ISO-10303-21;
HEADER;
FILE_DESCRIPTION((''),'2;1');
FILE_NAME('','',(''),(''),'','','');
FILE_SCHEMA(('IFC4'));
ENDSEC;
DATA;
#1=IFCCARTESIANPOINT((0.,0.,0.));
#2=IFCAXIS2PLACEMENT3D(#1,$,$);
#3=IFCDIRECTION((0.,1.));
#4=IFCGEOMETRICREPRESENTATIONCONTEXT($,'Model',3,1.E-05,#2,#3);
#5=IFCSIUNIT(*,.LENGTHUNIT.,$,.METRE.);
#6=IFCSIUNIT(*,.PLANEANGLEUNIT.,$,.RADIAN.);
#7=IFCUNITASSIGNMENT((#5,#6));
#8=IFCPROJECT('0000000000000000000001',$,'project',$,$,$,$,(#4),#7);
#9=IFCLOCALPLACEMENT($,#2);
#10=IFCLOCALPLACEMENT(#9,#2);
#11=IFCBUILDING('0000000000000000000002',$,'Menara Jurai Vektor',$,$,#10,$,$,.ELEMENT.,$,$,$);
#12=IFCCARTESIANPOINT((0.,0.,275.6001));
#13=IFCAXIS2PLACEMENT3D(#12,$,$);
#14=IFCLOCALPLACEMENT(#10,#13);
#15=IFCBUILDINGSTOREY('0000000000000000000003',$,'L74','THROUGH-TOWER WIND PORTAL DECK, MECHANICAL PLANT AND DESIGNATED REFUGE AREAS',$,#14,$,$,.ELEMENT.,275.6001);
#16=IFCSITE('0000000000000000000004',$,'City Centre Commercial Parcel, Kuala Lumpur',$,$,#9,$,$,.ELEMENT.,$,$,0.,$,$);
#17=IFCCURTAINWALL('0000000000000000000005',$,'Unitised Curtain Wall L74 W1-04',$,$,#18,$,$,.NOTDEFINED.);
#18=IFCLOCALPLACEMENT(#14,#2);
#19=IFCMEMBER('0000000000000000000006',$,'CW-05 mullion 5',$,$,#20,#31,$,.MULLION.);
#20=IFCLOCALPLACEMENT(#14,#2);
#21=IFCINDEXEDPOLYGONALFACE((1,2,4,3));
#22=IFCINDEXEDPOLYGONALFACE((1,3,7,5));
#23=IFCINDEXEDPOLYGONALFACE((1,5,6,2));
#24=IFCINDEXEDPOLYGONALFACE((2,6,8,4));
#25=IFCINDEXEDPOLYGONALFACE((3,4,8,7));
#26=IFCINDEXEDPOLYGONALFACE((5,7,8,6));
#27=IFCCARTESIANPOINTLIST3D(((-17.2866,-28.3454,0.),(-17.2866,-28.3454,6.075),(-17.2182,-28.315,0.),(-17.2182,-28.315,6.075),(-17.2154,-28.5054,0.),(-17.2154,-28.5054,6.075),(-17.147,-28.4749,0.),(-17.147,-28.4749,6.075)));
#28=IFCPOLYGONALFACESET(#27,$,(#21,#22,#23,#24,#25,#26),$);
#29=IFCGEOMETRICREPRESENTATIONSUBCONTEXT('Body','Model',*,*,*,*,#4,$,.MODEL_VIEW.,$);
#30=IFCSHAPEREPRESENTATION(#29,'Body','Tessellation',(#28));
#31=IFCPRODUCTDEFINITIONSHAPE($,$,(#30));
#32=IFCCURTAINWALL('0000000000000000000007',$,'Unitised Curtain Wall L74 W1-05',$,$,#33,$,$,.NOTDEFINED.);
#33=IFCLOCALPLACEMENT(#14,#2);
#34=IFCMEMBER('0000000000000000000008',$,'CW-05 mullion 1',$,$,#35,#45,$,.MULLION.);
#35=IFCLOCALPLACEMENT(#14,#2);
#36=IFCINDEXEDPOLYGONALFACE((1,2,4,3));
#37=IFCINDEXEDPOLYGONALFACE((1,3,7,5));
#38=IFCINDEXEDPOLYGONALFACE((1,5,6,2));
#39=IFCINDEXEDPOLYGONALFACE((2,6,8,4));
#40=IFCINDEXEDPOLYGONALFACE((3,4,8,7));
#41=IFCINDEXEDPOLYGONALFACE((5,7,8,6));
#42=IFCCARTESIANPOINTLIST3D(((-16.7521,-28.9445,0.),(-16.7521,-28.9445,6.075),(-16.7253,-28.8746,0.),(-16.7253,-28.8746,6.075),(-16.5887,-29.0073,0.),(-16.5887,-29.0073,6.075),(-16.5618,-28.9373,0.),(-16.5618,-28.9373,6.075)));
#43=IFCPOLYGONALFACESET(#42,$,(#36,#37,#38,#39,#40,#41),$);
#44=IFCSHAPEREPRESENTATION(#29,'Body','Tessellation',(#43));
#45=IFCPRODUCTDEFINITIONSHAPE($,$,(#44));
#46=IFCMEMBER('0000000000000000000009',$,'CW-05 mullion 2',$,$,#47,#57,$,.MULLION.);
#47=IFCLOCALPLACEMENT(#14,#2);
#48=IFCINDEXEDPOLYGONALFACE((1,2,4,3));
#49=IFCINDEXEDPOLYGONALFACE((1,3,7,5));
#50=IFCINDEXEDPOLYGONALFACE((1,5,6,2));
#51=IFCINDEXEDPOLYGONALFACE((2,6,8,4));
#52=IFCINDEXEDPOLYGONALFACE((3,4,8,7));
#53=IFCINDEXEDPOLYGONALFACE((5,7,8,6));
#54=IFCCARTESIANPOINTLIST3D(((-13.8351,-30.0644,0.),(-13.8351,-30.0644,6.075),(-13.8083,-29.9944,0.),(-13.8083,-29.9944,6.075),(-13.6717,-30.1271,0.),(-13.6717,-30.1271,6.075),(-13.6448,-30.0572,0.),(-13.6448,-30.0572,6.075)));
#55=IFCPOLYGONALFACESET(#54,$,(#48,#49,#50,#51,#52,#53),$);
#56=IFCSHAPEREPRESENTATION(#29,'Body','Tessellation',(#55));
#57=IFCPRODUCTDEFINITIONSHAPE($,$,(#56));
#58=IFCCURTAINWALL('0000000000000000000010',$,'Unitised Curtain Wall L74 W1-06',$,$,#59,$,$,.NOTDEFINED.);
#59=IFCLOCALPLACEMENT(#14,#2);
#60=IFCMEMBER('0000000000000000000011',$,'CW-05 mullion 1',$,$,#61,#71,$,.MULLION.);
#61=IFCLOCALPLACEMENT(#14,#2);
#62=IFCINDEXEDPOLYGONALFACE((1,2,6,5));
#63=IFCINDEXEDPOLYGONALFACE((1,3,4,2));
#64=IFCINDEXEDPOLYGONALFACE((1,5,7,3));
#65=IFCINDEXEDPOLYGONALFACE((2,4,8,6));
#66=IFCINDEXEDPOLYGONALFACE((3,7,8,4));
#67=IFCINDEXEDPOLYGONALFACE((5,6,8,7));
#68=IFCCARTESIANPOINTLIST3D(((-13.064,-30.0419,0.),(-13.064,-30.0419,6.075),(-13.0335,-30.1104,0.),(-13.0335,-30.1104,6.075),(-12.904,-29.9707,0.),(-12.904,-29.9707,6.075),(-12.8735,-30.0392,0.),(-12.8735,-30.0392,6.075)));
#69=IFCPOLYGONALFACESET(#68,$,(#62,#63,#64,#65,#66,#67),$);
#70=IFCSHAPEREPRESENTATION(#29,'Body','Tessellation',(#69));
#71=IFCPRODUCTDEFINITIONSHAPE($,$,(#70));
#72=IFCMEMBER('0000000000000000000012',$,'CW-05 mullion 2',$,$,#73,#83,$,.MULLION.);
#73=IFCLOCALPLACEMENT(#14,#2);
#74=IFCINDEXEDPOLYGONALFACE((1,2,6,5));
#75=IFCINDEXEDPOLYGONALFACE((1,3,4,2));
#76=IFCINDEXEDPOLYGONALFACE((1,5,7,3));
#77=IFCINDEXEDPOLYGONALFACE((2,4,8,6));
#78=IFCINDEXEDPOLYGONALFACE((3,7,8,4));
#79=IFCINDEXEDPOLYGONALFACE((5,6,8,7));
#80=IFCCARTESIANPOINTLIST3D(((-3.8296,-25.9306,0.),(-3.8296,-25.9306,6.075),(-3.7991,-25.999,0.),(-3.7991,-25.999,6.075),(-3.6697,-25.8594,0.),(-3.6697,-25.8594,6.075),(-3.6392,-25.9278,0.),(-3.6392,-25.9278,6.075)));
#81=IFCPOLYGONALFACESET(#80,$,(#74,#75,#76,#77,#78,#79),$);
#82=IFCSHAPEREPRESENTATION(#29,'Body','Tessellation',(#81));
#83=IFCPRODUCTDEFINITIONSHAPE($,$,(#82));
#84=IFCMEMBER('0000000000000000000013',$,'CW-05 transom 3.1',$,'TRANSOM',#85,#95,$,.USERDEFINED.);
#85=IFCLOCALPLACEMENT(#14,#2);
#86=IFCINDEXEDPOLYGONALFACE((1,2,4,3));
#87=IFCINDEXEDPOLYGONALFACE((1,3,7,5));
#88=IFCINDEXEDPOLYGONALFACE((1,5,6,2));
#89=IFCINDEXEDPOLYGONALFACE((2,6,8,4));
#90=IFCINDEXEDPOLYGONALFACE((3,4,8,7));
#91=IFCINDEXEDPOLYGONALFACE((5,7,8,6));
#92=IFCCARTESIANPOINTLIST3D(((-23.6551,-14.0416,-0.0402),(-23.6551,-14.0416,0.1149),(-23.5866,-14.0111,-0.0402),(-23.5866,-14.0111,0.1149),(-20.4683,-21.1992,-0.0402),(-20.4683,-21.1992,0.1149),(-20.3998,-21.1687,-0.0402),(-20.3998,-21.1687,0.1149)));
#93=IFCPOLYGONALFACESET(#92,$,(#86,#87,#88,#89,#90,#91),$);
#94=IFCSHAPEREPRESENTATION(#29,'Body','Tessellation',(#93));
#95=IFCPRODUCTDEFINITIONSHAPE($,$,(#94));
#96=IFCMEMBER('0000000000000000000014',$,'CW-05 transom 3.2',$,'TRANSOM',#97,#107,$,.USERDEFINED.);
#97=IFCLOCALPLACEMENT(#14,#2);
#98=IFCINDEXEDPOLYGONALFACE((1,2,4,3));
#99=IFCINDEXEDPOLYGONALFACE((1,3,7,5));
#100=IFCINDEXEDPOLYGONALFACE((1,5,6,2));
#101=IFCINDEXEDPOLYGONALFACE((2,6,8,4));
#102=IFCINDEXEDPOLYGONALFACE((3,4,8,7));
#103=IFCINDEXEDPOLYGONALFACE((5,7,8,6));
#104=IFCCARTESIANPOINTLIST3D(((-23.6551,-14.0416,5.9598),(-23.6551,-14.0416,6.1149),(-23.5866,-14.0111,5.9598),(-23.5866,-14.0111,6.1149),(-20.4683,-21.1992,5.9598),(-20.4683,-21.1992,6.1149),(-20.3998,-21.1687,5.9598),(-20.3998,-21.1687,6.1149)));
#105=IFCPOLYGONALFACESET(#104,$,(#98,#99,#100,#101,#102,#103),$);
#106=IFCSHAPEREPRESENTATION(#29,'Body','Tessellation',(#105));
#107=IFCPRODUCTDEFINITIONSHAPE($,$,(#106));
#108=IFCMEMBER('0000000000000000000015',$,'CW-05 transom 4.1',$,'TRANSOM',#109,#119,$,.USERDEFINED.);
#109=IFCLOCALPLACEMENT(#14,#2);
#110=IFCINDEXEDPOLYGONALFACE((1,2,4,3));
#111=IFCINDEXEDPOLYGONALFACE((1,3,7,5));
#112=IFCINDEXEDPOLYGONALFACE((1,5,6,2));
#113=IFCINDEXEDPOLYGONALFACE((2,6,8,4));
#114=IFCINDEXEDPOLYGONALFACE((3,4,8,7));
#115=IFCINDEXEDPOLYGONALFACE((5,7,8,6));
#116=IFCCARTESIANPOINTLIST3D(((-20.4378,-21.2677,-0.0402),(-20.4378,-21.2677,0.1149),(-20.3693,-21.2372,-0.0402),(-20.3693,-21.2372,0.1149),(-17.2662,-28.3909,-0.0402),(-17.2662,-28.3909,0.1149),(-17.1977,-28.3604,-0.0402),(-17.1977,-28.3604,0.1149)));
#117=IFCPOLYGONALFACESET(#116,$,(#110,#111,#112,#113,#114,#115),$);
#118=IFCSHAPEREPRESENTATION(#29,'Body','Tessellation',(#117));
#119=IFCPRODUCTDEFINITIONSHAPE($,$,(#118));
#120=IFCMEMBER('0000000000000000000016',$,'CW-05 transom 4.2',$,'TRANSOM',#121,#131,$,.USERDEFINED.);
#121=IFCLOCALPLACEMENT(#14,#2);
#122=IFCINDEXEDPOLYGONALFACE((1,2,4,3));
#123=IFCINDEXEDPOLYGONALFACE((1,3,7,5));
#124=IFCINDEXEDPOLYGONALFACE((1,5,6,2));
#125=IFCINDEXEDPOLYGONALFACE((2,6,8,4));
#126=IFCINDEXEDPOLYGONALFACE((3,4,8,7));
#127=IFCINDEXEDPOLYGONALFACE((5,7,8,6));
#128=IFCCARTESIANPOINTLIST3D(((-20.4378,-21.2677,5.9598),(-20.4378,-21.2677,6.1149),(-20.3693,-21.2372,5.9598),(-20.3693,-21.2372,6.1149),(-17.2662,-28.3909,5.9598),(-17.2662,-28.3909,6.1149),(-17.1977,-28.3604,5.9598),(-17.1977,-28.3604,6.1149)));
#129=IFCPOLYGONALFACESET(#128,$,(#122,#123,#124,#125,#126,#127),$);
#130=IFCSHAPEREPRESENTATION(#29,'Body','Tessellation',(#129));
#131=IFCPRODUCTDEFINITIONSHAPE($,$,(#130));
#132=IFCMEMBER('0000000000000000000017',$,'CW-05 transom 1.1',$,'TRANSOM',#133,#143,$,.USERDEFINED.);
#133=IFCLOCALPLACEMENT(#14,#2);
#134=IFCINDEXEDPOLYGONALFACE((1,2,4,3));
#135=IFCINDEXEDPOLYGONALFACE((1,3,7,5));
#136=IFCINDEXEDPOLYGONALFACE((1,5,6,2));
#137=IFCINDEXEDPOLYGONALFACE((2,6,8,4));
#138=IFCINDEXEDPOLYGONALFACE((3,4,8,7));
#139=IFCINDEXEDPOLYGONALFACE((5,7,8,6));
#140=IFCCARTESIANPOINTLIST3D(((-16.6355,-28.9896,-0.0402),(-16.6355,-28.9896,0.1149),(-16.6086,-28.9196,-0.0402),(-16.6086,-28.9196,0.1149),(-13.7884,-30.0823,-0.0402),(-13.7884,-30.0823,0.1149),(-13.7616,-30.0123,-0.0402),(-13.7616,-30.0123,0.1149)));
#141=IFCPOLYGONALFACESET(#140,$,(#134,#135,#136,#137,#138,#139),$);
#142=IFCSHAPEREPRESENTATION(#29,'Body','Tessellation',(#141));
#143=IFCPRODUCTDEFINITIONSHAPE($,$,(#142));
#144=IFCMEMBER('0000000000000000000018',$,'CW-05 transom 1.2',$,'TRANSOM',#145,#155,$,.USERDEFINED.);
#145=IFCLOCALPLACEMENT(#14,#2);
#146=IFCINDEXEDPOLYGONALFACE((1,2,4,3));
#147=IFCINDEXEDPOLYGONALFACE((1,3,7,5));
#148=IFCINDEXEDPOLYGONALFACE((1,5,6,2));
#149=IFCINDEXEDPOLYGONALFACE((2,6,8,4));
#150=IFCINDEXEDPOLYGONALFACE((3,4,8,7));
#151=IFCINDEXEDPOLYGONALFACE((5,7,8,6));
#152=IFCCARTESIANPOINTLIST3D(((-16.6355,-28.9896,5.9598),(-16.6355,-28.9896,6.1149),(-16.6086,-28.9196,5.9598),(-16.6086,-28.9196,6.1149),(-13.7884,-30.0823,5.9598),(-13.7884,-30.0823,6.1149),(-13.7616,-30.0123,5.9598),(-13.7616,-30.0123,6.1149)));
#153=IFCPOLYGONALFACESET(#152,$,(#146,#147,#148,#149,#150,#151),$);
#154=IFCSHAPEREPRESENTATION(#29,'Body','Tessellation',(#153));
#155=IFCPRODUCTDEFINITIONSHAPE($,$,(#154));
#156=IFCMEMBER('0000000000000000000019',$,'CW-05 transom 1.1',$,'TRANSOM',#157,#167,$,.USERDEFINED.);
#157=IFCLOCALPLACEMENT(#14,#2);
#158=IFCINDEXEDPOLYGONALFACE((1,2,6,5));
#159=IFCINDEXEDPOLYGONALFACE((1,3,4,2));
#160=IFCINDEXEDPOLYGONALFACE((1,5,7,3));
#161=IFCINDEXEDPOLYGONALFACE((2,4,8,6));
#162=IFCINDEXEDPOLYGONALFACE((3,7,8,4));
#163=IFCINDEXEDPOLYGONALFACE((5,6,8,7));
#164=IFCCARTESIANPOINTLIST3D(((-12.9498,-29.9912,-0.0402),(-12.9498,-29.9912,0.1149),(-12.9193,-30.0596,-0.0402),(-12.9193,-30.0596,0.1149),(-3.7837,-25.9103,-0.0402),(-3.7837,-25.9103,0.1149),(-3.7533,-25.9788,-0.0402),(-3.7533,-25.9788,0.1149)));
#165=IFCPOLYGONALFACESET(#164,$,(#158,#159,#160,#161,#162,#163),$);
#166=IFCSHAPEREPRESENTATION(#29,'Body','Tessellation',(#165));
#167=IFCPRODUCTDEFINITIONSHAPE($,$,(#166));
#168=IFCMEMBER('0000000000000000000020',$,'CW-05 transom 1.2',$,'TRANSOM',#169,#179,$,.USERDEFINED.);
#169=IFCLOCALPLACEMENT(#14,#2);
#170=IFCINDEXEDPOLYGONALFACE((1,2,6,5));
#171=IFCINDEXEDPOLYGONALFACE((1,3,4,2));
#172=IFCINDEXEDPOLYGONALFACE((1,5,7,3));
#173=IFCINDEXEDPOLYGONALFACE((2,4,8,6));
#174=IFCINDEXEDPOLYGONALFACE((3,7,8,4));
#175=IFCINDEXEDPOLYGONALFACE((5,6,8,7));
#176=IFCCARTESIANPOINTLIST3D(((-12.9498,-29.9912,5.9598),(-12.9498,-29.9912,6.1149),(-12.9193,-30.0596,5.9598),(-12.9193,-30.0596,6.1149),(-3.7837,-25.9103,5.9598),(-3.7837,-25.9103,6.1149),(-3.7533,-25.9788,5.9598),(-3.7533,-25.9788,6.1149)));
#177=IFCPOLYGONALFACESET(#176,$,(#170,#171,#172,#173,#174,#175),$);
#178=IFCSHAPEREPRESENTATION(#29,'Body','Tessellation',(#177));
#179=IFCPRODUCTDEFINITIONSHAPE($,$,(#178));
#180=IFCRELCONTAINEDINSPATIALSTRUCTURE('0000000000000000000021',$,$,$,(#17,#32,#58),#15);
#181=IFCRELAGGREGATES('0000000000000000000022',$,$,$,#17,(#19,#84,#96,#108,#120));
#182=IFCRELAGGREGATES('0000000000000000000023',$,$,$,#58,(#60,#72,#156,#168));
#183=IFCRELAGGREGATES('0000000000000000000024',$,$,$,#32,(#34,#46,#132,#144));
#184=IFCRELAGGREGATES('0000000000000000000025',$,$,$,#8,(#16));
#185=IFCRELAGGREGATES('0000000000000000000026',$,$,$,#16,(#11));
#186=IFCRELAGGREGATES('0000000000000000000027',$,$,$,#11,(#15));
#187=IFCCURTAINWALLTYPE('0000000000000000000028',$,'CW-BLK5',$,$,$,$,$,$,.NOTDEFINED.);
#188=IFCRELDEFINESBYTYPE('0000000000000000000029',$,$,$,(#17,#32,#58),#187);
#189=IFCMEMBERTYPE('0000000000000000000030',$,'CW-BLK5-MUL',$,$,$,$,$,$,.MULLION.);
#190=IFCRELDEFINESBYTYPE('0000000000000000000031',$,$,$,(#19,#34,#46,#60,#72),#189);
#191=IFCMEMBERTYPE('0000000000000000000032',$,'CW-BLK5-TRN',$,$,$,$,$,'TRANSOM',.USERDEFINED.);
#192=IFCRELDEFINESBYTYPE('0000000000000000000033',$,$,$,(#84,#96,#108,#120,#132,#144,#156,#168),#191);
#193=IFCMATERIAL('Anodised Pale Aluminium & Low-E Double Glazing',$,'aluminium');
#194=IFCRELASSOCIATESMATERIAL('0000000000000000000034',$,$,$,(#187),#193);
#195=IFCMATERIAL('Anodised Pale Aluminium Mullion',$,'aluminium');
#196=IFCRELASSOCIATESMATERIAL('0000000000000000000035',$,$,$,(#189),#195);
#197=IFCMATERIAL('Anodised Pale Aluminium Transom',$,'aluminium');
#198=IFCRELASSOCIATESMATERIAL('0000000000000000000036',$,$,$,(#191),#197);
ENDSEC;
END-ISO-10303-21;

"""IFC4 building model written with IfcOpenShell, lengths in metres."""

from ifc_helpers import new_model, si_unit, direction, frame, origin, origin_2d, place, context, subcontext, project, spatial, rectangle, extrude, material, material_profile, profile_set, type_object, element, aggregate, save


model = new_model("IFC4")

# Units and contexts
model_context = context("Model", 3, precision=1e-05, world=origin(), true_north=direction((0.0, 1.0)))
body_context = subcontext(model_context, "Body", "Model", "MODEL_VIEW")
ifc_project = project(units=[si_unit("LENGTHUNIT", "METRE"), si_unit("PLANEANGLEUNIT", "RADIAN")], contexts=[model_context])

# Site, building, storey
site_placement = place(None, origin())
site = spatial("IfcSite", under=ifc_project, at=site_placement, Name="City Centre Commercial Parcel, Kuala Lumpur", CompositionType="ELEMENT", RefElevation=0.0)
building_placement = place(site_placement, origin())
building = spatial("IfcBuilding", under=site, at=building_placement, Name="Menara Jurai Vektor", CompositionType="ELEMENT")
storey_placement = place(building_placement, frame((0.0, 0.0, 275.6001)))
storey = spatial("IfcBuildingStorey", under=building, at=storey_placement, Name="L74", Description="THROUGH-TOWER WIND PORTAL DECK, MECHANICAL PLANT AND DESIGNATED REFUGE AREAS", CompositionType="ELEMENT", Elevation=275.6001)

# Curtain walls, members
ifc_material_1 = material(Name="Anodised Pale Aluminium & Low-E Double Glazing", Category="aluminium")
curtain_wall_type = type_object("IfcCurtainWallType", Name="CW-BLK5", PredefinedType="NOTDEFINED", material=ifc_material_1)
curtain_wall_1_placement = place(storey_placement, origin())
curtain_wall_1 = element("IfcCurtainWall", 1, at=curtain_wall_1_placement, inside=storey, type_object=curtain_wall_type, Name="Unitised Curtain Wall L74 W1-04", PredefinedType="NOTDEFINED")
ifc_material_2 = material(Name="Anodised Pale Aluminium Mullion", Category="aluminium")
ifc_material_profile_1 = material_profile(ifc_material_2, rectangle(XDim=0.075, YDim=0.175, at=origin_2d()), Name="ALU MUL 75x175")
ifc_profile_set_1 = profile_set([ifc_material_profile_1], Name="Anodised Pale Aluminium Mullion")
member_type_1 = type_object("IfcMemberType", Name="CW-BLK5-MUL", PredefinedType="MULLION", material=ifc_profile_set_1)
member_1_placement = place(storey_placement, frame((-17.2168, -28.4102, 0.0), z_axis=(0.0, 0.0, 1.0), x_axis=(0.913546, 0.406735, 0.0)))
member_1 = element("IfcMember", 2, at=member_1_placement, type_object=member_type_1, Name="CW-05 mullion 5", PredefinedType="MULLION", context=body_context, shape_type="SweptSolid", body=[
    extrude(rectangle(XDim=0.075, YDim=0.175, at=origin_2d()), origin(), (0.0, 0.0, 1.0), 6.075),
])
curtain_wall_2_placement = place(storey_placement, origin())
curtain_wall_2 = element("IfcCurtainWall", 3, at=curtain_wall_2_placement, inside=storey, type_object=curtain_wall_type, Name="Unitised Curtain Wall L74 W1-05", PredefinedType="NOTDEFINED")
member_2_placement = place(storey_placement, frame((-16.657, -28.9409, 0.0), z_axis=(0.0, 0.0, 1.0), x_axis=(0.358374, 0.933578, 0.0)))
member_2 = element("IfcMember", 4, at=member_2_placement, type_object=member_type_1, Name="CW-05 mullion 1", PredefinedType="MULLION", context=body_context, shape_type="SweptSolid", body=[
    extrude(rectangle(XDim=0.075, YDim=0.175, at=origin_2d()), origin(), (0.0, 0.0, 1.0), 6.075),
])
member_3_placement = place(storey_placement, frame((-13.74, -30.0608, 0.0), z_axis=(0.0, 0.0, 1.0), x_axis=(0.358374, 0.933578, 0.0)))
member_3 = element("IfcMember", 5, at=member_3_placement, type_object=member_type_1, Name="CW-05 mullion 2", PredefinedType="MULLION", context=body_context, shape_type="SweptSolid", body=[
    extrude(rectangle(XDim=0.075, YDim=0.175, at=origin_2d()), origin(), (0.0, 0.0, 1.0), 6.075),
])
curtain_wall_3_placement = place(storey_placement, origin())
curtain_wall_3 = element("IfcCurtainWall", 6, at=curtain_wall_3_placement, inside=storey, type_object=curtain_wall_type, Name="Unitised Curtain Wall L74 W1-06", PredefinedType="NOTDEFINED")
member_4_placement = place(storey_placement, frame((-12.9688, -30.0405, 0.0), z_axis=(0.0, 0.0, 1.0), x_axis=(-0.406732, 0.913548, 0.0)))
member_4 = element("IfcMember", 7, at=member_4_placement, type_object=member_type_1, Name="CW-05 mullion 1", PredefinedType="MULLION", context=body_context, shape_type="SweptSolid", body=[
    extrude(rectangle(XDim=0.075, YDim=0.175, at=origin_2d()), origin(), (0.0, 0.0, 1.0), 6.075),
])
member_5_placement = place(storey_placement, frame((-3.7344, -25.9292, 0.0), z_axis=(0.0, 0.0, 1.0), x_axis=(-0.406732, 0.913548, 0.0)))
member_5 = element("IfcMember", 8, at=member_5_placement, type_object=member_type_1, Name="CW-05 mullion 2", PredefinedType="MULLION", context=body_context, shape_type="SweptSolid", body=[
    extrude(rectangle(XDim=0.075, YDim=0.175, at=origin_2d()), origin(), (0.0, 0.0, 1.0), 6.075),
])

# Members
ifc_material_3 = material(Name="Anodised Pale Aluminium Transom", Category="aluminium")
ifc_material_profile_2 = material_profile(ifc_material_3, rectangle(XDim=0.075, YDim=0.155, at=origin_2d()), Name="ALU TRN 75x155")
ifc_profile_set_2 = profile_set([ifc_material_profile_2], Name="Anodised Pale Aluminium Transom")
member_type_2 = type_object("IfcMemberType", Name="CW-BLK5-TRN", ElementType="TRANSOM", PredefinedType="USERDEFINED", material=ifc_profile_set_2)
member_6_placement = place(storey_placement, frame((-23.6208, -14.0264, 0.0374), z_axis=(0.406743, -0.913543, 0.0), x_axis=(0.913543, 0.406743, 0.0)))
member_6 = element("IfcMember", 9, at=member_6_placement, type_object=member_type_2, Name="CW-05 transom 3.1", ObjectType="TRANSOM", PredefinedType="USERDEFINED", context=body_context, shape_type="SweptSolid", body=[
    extrude(rectangle(XDim=0.075, YDim=0.155, at=origin_2d()), origin(), (0.0, 0.0, 1.0), 7.835),
])
member_7_placement = place(storey_placement, frame((-23.6208, -14.0264, 6.0374), z_axis=(0.406743, -0.913543, 0.0), x_axis=(0.913543, 0.406743, 0.0)))
member_7 = element("IfcMember", 10, at=member_7_placement, type_object=member_type_2, Name="CW-05 transom 3.2", ObjectType="TRANSOM", PredefinedType="USERDEFINED", context=body_context, shape_type="SweptSolid", body=[
    extrude(rectangle(XDim=0.075, YDim=0.155, at=origin_2d()), origin(), (0.0, 0.0, 1.0), 7.835),
])
member_8_placement = place(storey_placement, frame((-20.4036, -21.2524, 0.0374), z_axis=(0.406751, -0.913539, 0.0), x_axis=(0.913539, 0.406751, 0.0)))
member_8 = element("IfcMember", 11, at=member_8_placement, type_object=member_type_2, Name="CW-05 transom 4.1", ObjectType="TRANSOM", PredefinedType="USERDEFINED", context=body_context, shape_type="SweptSolid", body=[
    extrude(rectangle(XDim=0.075, YDim=0.155, at=origin_2d()), origin(), (0.0, 0.0, 1.0), 7.7974),
])
member_9_placement = place(storey_placement, frame((-20.4036, -21.2524, 6.0374), z_axis=(0.406751, -0.913539, 0.0), x_axis=(0.913539, 0.406751, 0.0)))
member_9 = element("IfcMember", 12, at=member_9_placement, type_object=member_type_2, Name="CW-05 transom 4.2", ObjectType="TRANSOM", PredefinedType="USERDEFINED", context=body_context, shape_type="SweptSolid", body=[
    extrude(rectangle(XDim=0.075, YDim=0.155, at=origin_2d()), origin(), (0.0, 0.0, 1.0), 7.7974),
])
member_10_placement = place(storey_placement, frame((-16.6221, -28.9546, 0.0374), z_axis=(0.933597, -0.358325, 0.0), x_axis=(0.358325, 0.933597, 0.0)))
member_10 = element("IfcMember", 13, at=member_10_placement, type_object=member_type_2, Name="CW-05 transom 1.1", ObjectType="TRANSOM", PredefinedType="USERDEFINED", context=body_context, shape_type="SweptSolid", body=[
    extrude(rectangle(XDim=0.075, YDim=0.155, at=origin_2d()), origin(), (0.0, 0.0, 1.0), 3.0496),
])
member_11_placement = place(storey_placement, frame((-16.6221, -28.9546, 6.0374), z_axis=(0.933597, -0.358325, 0.0), x_axis=(0.358325, 0.933597, 0.0)))
member_11 = element("IfcMember", 14, at=member_11_placement, type_object=member_type_2, Name="CW-05 transom 1.2", ObjectType="TRANSOM", PredefinedType="USERDEFINED", context=body_context, shape_type="SweptSolid", body=[
    extrude(rectangle(XDim=0.075, YDim=0.155, at=origin_2d()), origin(), (0.0, 0.0, 1.0), 3.0496),
])
member_12_placement = place(storey_placement, frame((-12.9346, -30.0254, 0.0374), z_axis=(0.913551, 0.406723, 0.0), x_axis=(-0.406723, 0.913551, 0.0)))
member_12 = element("IfcMember", 15, at=member_12_placement, type_object=member_type_2, Name="CW-05 transom 1.1", ObjectType="TRANSOM", PredefinedType="USERDEFINED", context=body_context, shape_type="SweptSolid", body=[
    extrude(rectangle(XDim=0.075, YDim=0.155, at=origin_2d()), origin(), (0.0, 0.0, 1.0), 10.0334),
])
member_13_placement = place(storey_placement, frame((-12.9346, -30.0254, 6.0374), z_axis=(0.913551, 0.406723, 0.0), x_axis=(-0.406723, 0.913551, 0.0)))
member_13 = element("IfcMember", 16, at=member_13_placement, type_object=member_type_2, Name="CW-05 transom 1.2", ObjectType="TRANSOM", PredefinedType="USERDEFINED", context=body_context, shape_type="SweptSolid", body=[
    extrude(rectangle(XDim=0.075, YDim=0.155, at=origin_2d()), origin(), (0.0, 0.0, 1.0), 10.0334),
])

aggregate(curtain_wall_1, [member_1, member_6, member_7, member_8, member_9])
aggregate(curtain_wall_3, [member_4, member_5, member_12, member_13])
aggregate(curtain_wall_2, [member_2, member_3, member_10, member_11])

save(model, "model.ifc")
